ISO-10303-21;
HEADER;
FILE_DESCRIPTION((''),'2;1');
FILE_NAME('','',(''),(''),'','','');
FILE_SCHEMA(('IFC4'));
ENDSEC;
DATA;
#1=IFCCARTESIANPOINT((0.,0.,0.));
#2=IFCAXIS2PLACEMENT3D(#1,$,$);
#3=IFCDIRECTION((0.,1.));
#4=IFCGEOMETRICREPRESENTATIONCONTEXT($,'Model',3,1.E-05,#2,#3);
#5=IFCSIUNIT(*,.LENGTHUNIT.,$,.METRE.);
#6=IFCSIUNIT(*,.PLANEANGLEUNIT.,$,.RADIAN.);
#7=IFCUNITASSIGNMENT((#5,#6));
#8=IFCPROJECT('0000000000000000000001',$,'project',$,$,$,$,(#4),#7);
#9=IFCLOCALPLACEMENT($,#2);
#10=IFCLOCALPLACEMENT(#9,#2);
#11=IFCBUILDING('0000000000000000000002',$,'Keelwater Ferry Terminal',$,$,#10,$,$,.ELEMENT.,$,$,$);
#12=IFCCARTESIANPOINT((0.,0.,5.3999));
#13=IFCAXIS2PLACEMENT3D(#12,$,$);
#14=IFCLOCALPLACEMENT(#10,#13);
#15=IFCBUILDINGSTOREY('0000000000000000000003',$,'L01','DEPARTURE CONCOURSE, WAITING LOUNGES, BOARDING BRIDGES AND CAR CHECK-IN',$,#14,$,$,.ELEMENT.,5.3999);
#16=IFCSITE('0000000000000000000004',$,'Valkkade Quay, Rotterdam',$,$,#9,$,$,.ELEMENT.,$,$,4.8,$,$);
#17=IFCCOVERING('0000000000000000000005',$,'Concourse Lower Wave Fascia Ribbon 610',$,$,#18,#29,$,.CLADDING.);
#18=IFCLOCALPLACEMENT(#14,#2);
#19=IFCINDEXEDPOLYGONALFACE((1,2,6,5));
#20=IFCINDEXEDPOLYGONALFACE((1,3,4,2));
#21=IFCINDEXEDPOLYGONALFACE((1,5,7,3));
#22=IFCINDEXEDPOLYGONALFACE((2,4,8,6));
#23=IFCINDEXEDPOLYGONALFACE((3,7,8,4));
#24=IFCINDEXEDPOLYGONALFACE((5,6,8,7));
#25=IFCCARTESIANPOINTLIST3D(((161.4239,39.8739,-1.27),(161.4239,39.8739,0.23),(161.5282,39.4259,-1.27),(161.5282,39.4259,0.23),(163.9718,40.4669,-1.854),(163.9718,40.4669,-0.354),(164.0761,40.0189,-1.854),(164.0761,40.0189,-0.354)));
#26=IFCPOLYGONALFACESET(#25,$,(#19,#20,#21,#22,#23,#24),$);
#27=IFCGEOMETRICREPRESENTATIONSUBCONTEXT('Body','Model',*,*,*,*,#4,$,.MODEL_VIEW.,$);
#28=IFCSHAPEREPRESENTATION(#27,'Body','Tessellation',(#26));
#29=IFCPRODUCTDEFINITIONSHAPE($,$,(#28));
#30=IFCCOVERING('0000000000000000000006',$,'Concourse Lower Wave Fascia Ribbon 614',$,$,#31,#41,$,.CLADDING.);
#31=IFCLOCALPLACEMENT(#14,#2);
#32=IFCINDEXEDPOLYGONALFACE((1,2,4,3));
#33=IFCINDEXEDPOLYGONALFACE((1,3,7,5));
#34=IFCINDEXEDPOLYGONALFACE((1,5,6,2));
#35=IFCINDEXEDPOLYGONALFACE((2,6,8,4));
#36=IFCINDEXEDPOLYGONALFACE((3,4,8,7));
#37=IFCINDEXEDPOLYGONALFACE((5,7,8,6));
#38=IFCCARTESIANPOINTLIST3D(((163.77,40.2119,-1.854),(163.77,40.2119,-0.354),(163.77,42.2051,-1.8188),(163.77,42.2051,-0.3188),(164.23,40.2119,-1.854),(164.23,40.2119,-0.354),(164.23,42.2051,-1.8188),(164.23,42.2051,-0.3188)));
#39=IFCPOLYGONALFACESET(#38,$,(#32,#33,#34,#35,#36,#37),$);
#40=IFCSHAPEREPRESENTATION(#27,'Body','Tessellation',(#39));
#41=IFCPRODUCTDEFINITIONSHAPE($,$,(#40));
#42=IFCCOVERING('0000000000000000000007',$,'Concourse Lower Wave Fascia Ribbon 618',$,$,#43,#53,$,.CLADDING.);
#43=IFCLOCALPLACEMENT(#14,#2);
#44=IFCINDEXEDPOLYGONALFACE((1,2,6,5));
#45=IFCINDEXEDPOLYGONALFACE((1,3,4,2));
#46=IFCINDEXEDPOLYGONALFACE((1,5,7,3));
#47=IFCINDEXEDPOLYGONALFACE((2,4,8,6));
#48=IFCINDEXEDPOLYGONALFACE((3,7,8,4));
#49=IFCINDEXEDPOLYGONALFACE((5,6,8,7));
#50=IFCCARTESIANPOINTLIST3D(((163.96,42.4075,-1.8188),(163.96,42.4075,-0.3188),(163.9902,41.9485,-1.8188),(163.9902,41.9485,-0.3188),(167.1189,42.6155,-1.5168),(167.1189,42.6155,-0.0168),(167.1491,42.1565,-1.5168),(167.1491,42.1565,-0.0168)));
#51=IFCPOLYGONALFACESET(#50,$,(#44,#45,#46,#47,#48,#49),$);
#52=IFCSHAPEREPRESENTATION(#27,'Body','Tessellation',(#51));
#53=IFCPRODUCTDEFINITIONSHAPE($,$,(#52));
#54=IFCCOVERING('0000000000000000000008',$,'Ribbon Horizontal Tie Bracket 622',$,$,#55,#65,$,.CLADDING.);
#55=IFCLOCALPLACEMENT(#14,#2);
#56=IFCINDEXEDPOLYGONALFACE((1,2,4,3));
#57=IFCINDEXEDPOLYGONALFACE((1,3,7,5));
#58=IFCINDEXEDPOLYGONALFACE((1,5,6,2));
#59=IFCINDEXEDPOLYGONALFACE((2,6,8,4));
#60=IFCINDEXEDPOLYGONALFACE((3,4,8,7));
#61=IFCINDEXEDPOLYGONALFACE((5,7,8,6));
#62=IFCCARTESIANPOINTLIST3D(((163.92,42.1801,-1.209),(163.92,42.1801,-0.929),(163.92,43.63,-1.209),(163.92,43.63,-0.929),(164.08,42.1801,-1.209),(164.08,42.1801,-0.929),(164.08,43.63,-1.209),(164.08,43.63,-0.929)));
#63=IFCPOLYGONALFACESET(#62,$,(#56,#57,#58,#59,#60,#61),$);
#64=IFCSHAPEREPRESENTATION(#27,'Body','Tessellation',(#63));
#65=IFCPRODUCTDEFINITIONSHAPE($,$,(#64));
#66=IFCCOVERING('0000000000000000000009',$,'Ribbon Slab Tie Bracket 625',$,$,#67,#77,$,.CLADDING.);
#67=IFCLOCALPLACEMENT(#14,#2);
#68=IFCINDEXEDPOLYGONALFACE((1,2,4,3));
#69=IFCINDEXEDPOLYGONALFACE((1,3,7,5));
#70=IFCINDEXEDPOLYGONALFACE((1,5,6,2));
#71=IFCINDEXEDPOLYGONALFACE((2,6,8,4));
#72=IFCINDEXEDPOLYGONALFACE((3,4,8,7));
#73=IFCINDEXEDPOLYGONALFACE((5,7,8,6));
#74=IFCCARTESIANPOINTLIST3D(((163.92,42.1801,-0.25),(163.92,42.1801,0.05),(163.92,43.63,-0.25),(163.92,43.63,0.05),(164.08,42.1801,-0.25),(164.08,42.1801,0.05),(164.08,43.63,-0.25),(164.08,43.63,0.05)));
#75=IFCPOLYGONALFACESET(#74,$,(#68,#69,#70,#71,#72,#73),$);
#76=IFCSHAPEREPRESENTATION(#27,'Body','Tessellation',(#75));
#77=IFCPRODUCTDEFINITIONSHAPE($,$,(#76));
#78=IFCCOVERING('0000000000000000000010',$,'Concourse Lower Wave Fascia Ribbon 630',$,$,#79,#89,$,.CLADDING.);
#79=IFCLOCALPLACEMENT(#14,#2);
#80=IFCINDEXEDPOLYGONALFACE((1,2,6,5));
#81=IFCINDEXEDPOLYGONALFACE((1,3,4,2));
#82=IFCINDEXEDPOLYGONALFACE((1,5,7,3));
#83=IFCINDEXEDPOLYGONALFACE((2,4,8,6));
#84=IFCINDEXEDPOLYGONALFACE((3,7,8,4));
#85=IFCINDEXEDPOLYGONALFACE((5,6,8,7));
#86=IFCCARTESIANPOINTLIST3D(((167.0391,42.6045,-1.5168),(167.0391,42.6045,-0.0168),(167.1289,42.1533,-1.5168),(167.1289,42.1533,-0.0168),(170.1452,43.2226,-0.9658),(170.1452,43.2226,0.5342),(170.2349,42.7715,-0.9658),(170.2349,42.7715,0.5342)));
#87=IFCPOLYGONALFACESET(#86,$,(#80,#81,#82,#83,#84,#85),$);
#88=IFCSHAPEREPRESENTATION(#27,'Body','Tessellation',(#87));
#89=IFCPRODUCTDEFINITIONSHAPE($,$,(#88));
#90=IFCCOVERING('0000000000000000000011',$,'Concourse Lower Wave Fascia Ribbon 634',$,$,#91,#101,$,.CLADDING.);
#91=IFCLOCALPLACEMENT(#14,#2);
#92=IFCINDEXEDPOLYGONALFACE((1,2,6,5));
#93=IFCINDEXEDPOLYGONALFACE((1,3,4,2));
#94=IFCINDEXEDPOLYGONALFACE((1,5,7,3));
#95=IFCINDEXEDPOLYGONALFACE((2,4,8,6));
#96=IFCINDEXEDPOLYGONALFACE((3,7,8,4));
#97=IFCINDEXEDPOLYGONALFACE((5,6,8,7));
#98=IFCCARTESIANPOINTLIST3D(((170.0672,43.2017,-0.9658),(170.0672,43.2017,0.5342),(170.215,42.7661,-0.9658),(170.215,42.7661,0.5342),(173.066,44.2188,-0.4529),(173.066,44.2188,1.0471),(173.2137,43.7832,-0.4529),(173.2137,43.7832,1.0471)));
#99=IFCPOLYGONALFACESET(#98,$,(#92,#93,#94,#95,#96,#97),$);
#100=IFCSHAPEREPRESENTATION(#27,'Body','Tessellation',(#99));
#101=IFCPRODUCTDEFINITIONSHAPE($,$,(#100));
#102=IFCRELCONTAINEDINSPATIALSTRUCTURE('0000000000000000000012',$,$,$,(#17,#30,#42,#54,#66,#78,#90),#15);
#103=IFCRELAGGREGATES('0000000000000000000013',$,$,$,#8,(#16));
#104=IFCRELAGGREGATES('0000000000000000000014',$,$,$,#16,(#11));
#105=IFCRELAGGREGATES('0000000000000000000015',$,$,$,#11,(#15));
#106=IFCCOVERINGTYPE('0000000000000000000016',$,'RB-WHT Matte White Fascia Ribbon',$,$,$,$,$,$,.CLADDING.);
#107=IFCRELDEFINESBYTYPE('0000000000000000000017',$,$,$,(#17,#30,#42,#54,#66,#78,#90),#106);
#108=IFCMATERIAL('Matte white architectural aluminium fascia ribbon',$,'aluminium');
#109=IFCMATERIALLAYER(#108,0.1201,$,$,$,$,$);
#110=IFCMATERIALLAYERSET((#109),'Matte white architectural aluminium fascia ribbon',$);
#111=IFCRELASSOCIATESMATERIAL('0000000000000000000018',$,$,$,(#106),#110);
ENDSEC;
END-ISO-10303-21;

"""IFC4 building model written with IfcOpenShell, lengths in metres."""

from ifc_helpers import new_model, si_unit, direction, frame, frame_2d, origin, place, context, subcontext, project, spatial, polyline, rectangle, outline, extrude, material, layer, layer_set, type_object, element, save


model = new_model("IFC4")

# Units and contexts
model_context = context("Model", 3, precision=1e-05, world=origin(), true_north=direction((0.0, 1.0)))
body_context = subcontext(model_context, "Body", "Model", "MODEL_VIEW")
ifc_project = project(units=[si_unit("LENGTHUNIT", "METRE"), si_unit("PLANEANGLEUNIT", "RADIAN")], contexts=[model_context])

# Site, building, storey
site_placement = place(None, origin())
site = spatial("IfcSite", under=ifc_project, at=site_placement, Name="Valkkade Quay, Rotterdam", CompositionType="ELEMENT", RefElevation=4.8)
building_placement = place(site_placement, origin())
building = spatial("IfcBuilding", under=site, at=building_placement, Name="Keelwater Ferry Terminal", CompositionType="ELEMENT")
storey_placement = place(building_placement, frame((0.0, 0.0, 5.3999)))
storey = spatial("IfcBuildingStorey", under=building, at=storey_placement, Name="L01", Description="DEPARTURE CONCOURSE, WAITING LOUNGES, BOARDING BRIDGES AND CAR CHECK-IN", CompositionType="ELEMENT", Elevation=5.3999)

# Coverings
ifc_material_1 = material(Name="Matte white architectural aluminium fascia ribbon", Category="aluminium")
ifc_layer_1 = layer(ifc_material_1, 0.1201)
ifc_layer_set_1 = layer_set([ifc_layer_1], Name="Matte white architectural aluminium fascia ribbon")
covering_type = type_object("IfcCoveringType", Name="RB-WHT Matte White Fascia Ribbon", PredefinedType="CLADDING", material=ifc_layer_set_1)
covering_1_placement = place(storey_placement, frame((161.4761, 39.6499, -1.854), z_axis=(0.0, 0.0, 1.0), x_axis=(0.973966, 0.226693, 0.0)))
element("IfcCovering", 1, at=covering_1_placement, inside=storey, type_object=covering_type, Name="Concourse Lower Wave Fascia Ribbon 610", PredefinedType="CLADDING", context=body_context, shape_type="SweptSolid", body=[
    extrude(outline(polyline([(0.0, 0.584), (2.616, 0.0), (2.616, 1.5), (0.0, 2.084), (0.0, 0.584)])), frame((0.0, 0.23, 0.0), z_axis=(0.0, -1.0, 0.0), x_axis=(1.0, 0.0, 0.0)), (0.0, 0.0, 1.0), 0.46),
])
covering_2_placement = place(storey_placement, frame((164.0, 40.2119, -1.854), z_axis=(0.0, 0.0, 1.0), x_axis=(0.0, 1.0, 0.0)))
element("IfcCovering", 2, at=covering_2_placement, inside=storey, type_object=covering_type, Name="Concourse Lower Wave Fascia Ribbon 614", PredefinedType="CLADDING", context=body_context, shape_type="SweptSolid", body=[
    extrude(outline(polyline([(0.0, 0.0), (1.9932, 0.0352), (1.9932, 1.5352), (0.0, 1.5), (0.0, 0.0)])), frame((0.0, 0.23, 0.0), z_axis=(0.0, -1.0, 0.0), x_axis=(1.0, 0.0, 0.0)), (0.0, 0.0, 1.0), 0.46),
])
covering_3_placement = place(storey_placement, frame((163.9751, 42.178, -1.8188), z_axis=(0.0, 0.0, 1.0), x_axis=(0.997839, 0.065705, 0.0)))
element("IfcCovering", 3, at=covering_3_placement, inside=storey, type_object=covering_type, Name="Concourse Lower Wave Fascia Ribbon 618", PredefinedType="CLADDING", context=body_context, shape_type="SweptSolid", body=[
    extrude(outline(polyline([(0.0, 0.0), (3.1658, 0.302), (3.1658, 1.802), (0.0, 1.5), (0.0, 0.0)])), frame((0.0, 0.23, 0.0), z_axis=(0.0, -1.0, 0.0), x_axis=(1.0, 0.0, 0.0)), (0.0, 0.0, 1.0), 0.46),
])
covering_4_placement = place(storey_placement, frame((164.0, 42.1799, -1.209), z_axis=(0.0, 0.0, 1.0), x_axis=(0.0, 1.0, 0.0)))
element("IfcCovering", 4, at=covering_4_placement, inside=storey, type_object=covering_type, Name="Ribbon Horizontal Tie Bracket 622", PredefinedType="CLADDING", context=body_context, shape_type="SweptSolid", body=[
    extrude(rectangle(XDim=1.45, YDim=0.1599, at=frame_2d((0.7251, 0.0))), origin(), (0.0, 0.0, 1.0), 0.28),
])
covering_5_placement = place(storey_placement, frame((164.0, 42.1799, -0.25), z_axis=(0.0, 0.0, 1.0), x_axis=(0.0, 1.0, 0.0)))
element("IfcCovering", 5, at=covering_5_placement, inside=storey, type_object=covering_type, Name="Ribbon Slab Tie Bracket 625", PredefinedType="CLADDING", context=body_context, shape_type="SweptSolid", body=[
    extrude(rectangle(XDim=1.45, YDim=0.1599, at=frame_2d((0.7251, 0.0))), origin(), (0.0, 0.0, 1.0), 0.3),
])
covering_6_placement = place(storey_placement, frame((167.084, 42.3789, -1.5168), z_axis=(0.0, 0.0, 1.0), x_axis=(0.980764, 0.195197, 0.0)))
element("IfcCovering", 6, at=covering_6_placement, inside=storey, type_object=covering_type, Name="Concourse Lower Wave Fascia Ribbon 630", PredefinedType="CLADDING", context=body_context, shape_type="SweptSolid", body=[
    extrude(outline(polyline([(0.0, 0.0), (3.167, 0.551), (3.167, 2.051), (0.0, 1.5), (0.0, 0.0)])), frame((0.0, 0.23, 0.0), z_axis=(0.0, -1.0, 0.0), x_axis=(1.0, 0.0, 0.0)), (0.0, 0.0, 1.0), 0.46),
])
covering_7_placement = place(storey_placement, frame((170.1411, 42.9839, -0.9658), z_axis=(0.0, 0.0, 1.0), x_axis=(0.947013, 0.321196, 0.0)))
element("IfcCovering", 7, at=covering_7_placement, inside=storey, type_object=covering_type, Name="Concourse Lower Wave Fascia Ribbon 634", PredefinedType="CLADDING", context=body_context, shape_type="SweptSolid", body=[
    extrude(outline(polyline([(0.0, 0.0), (3.1665, 0.5129), (3.1665, 2.0129), (0.0, 1.5), (0.0, 0.0)])), frame((0.0, 0.23, 0.0), z_axis=(0.0, -1.0, 0.0), x_axis=(1.0, 0.0, 0.0)), (0.0, 0.0, 1.0), 0.46),
])

save(model, "model.ifc")
